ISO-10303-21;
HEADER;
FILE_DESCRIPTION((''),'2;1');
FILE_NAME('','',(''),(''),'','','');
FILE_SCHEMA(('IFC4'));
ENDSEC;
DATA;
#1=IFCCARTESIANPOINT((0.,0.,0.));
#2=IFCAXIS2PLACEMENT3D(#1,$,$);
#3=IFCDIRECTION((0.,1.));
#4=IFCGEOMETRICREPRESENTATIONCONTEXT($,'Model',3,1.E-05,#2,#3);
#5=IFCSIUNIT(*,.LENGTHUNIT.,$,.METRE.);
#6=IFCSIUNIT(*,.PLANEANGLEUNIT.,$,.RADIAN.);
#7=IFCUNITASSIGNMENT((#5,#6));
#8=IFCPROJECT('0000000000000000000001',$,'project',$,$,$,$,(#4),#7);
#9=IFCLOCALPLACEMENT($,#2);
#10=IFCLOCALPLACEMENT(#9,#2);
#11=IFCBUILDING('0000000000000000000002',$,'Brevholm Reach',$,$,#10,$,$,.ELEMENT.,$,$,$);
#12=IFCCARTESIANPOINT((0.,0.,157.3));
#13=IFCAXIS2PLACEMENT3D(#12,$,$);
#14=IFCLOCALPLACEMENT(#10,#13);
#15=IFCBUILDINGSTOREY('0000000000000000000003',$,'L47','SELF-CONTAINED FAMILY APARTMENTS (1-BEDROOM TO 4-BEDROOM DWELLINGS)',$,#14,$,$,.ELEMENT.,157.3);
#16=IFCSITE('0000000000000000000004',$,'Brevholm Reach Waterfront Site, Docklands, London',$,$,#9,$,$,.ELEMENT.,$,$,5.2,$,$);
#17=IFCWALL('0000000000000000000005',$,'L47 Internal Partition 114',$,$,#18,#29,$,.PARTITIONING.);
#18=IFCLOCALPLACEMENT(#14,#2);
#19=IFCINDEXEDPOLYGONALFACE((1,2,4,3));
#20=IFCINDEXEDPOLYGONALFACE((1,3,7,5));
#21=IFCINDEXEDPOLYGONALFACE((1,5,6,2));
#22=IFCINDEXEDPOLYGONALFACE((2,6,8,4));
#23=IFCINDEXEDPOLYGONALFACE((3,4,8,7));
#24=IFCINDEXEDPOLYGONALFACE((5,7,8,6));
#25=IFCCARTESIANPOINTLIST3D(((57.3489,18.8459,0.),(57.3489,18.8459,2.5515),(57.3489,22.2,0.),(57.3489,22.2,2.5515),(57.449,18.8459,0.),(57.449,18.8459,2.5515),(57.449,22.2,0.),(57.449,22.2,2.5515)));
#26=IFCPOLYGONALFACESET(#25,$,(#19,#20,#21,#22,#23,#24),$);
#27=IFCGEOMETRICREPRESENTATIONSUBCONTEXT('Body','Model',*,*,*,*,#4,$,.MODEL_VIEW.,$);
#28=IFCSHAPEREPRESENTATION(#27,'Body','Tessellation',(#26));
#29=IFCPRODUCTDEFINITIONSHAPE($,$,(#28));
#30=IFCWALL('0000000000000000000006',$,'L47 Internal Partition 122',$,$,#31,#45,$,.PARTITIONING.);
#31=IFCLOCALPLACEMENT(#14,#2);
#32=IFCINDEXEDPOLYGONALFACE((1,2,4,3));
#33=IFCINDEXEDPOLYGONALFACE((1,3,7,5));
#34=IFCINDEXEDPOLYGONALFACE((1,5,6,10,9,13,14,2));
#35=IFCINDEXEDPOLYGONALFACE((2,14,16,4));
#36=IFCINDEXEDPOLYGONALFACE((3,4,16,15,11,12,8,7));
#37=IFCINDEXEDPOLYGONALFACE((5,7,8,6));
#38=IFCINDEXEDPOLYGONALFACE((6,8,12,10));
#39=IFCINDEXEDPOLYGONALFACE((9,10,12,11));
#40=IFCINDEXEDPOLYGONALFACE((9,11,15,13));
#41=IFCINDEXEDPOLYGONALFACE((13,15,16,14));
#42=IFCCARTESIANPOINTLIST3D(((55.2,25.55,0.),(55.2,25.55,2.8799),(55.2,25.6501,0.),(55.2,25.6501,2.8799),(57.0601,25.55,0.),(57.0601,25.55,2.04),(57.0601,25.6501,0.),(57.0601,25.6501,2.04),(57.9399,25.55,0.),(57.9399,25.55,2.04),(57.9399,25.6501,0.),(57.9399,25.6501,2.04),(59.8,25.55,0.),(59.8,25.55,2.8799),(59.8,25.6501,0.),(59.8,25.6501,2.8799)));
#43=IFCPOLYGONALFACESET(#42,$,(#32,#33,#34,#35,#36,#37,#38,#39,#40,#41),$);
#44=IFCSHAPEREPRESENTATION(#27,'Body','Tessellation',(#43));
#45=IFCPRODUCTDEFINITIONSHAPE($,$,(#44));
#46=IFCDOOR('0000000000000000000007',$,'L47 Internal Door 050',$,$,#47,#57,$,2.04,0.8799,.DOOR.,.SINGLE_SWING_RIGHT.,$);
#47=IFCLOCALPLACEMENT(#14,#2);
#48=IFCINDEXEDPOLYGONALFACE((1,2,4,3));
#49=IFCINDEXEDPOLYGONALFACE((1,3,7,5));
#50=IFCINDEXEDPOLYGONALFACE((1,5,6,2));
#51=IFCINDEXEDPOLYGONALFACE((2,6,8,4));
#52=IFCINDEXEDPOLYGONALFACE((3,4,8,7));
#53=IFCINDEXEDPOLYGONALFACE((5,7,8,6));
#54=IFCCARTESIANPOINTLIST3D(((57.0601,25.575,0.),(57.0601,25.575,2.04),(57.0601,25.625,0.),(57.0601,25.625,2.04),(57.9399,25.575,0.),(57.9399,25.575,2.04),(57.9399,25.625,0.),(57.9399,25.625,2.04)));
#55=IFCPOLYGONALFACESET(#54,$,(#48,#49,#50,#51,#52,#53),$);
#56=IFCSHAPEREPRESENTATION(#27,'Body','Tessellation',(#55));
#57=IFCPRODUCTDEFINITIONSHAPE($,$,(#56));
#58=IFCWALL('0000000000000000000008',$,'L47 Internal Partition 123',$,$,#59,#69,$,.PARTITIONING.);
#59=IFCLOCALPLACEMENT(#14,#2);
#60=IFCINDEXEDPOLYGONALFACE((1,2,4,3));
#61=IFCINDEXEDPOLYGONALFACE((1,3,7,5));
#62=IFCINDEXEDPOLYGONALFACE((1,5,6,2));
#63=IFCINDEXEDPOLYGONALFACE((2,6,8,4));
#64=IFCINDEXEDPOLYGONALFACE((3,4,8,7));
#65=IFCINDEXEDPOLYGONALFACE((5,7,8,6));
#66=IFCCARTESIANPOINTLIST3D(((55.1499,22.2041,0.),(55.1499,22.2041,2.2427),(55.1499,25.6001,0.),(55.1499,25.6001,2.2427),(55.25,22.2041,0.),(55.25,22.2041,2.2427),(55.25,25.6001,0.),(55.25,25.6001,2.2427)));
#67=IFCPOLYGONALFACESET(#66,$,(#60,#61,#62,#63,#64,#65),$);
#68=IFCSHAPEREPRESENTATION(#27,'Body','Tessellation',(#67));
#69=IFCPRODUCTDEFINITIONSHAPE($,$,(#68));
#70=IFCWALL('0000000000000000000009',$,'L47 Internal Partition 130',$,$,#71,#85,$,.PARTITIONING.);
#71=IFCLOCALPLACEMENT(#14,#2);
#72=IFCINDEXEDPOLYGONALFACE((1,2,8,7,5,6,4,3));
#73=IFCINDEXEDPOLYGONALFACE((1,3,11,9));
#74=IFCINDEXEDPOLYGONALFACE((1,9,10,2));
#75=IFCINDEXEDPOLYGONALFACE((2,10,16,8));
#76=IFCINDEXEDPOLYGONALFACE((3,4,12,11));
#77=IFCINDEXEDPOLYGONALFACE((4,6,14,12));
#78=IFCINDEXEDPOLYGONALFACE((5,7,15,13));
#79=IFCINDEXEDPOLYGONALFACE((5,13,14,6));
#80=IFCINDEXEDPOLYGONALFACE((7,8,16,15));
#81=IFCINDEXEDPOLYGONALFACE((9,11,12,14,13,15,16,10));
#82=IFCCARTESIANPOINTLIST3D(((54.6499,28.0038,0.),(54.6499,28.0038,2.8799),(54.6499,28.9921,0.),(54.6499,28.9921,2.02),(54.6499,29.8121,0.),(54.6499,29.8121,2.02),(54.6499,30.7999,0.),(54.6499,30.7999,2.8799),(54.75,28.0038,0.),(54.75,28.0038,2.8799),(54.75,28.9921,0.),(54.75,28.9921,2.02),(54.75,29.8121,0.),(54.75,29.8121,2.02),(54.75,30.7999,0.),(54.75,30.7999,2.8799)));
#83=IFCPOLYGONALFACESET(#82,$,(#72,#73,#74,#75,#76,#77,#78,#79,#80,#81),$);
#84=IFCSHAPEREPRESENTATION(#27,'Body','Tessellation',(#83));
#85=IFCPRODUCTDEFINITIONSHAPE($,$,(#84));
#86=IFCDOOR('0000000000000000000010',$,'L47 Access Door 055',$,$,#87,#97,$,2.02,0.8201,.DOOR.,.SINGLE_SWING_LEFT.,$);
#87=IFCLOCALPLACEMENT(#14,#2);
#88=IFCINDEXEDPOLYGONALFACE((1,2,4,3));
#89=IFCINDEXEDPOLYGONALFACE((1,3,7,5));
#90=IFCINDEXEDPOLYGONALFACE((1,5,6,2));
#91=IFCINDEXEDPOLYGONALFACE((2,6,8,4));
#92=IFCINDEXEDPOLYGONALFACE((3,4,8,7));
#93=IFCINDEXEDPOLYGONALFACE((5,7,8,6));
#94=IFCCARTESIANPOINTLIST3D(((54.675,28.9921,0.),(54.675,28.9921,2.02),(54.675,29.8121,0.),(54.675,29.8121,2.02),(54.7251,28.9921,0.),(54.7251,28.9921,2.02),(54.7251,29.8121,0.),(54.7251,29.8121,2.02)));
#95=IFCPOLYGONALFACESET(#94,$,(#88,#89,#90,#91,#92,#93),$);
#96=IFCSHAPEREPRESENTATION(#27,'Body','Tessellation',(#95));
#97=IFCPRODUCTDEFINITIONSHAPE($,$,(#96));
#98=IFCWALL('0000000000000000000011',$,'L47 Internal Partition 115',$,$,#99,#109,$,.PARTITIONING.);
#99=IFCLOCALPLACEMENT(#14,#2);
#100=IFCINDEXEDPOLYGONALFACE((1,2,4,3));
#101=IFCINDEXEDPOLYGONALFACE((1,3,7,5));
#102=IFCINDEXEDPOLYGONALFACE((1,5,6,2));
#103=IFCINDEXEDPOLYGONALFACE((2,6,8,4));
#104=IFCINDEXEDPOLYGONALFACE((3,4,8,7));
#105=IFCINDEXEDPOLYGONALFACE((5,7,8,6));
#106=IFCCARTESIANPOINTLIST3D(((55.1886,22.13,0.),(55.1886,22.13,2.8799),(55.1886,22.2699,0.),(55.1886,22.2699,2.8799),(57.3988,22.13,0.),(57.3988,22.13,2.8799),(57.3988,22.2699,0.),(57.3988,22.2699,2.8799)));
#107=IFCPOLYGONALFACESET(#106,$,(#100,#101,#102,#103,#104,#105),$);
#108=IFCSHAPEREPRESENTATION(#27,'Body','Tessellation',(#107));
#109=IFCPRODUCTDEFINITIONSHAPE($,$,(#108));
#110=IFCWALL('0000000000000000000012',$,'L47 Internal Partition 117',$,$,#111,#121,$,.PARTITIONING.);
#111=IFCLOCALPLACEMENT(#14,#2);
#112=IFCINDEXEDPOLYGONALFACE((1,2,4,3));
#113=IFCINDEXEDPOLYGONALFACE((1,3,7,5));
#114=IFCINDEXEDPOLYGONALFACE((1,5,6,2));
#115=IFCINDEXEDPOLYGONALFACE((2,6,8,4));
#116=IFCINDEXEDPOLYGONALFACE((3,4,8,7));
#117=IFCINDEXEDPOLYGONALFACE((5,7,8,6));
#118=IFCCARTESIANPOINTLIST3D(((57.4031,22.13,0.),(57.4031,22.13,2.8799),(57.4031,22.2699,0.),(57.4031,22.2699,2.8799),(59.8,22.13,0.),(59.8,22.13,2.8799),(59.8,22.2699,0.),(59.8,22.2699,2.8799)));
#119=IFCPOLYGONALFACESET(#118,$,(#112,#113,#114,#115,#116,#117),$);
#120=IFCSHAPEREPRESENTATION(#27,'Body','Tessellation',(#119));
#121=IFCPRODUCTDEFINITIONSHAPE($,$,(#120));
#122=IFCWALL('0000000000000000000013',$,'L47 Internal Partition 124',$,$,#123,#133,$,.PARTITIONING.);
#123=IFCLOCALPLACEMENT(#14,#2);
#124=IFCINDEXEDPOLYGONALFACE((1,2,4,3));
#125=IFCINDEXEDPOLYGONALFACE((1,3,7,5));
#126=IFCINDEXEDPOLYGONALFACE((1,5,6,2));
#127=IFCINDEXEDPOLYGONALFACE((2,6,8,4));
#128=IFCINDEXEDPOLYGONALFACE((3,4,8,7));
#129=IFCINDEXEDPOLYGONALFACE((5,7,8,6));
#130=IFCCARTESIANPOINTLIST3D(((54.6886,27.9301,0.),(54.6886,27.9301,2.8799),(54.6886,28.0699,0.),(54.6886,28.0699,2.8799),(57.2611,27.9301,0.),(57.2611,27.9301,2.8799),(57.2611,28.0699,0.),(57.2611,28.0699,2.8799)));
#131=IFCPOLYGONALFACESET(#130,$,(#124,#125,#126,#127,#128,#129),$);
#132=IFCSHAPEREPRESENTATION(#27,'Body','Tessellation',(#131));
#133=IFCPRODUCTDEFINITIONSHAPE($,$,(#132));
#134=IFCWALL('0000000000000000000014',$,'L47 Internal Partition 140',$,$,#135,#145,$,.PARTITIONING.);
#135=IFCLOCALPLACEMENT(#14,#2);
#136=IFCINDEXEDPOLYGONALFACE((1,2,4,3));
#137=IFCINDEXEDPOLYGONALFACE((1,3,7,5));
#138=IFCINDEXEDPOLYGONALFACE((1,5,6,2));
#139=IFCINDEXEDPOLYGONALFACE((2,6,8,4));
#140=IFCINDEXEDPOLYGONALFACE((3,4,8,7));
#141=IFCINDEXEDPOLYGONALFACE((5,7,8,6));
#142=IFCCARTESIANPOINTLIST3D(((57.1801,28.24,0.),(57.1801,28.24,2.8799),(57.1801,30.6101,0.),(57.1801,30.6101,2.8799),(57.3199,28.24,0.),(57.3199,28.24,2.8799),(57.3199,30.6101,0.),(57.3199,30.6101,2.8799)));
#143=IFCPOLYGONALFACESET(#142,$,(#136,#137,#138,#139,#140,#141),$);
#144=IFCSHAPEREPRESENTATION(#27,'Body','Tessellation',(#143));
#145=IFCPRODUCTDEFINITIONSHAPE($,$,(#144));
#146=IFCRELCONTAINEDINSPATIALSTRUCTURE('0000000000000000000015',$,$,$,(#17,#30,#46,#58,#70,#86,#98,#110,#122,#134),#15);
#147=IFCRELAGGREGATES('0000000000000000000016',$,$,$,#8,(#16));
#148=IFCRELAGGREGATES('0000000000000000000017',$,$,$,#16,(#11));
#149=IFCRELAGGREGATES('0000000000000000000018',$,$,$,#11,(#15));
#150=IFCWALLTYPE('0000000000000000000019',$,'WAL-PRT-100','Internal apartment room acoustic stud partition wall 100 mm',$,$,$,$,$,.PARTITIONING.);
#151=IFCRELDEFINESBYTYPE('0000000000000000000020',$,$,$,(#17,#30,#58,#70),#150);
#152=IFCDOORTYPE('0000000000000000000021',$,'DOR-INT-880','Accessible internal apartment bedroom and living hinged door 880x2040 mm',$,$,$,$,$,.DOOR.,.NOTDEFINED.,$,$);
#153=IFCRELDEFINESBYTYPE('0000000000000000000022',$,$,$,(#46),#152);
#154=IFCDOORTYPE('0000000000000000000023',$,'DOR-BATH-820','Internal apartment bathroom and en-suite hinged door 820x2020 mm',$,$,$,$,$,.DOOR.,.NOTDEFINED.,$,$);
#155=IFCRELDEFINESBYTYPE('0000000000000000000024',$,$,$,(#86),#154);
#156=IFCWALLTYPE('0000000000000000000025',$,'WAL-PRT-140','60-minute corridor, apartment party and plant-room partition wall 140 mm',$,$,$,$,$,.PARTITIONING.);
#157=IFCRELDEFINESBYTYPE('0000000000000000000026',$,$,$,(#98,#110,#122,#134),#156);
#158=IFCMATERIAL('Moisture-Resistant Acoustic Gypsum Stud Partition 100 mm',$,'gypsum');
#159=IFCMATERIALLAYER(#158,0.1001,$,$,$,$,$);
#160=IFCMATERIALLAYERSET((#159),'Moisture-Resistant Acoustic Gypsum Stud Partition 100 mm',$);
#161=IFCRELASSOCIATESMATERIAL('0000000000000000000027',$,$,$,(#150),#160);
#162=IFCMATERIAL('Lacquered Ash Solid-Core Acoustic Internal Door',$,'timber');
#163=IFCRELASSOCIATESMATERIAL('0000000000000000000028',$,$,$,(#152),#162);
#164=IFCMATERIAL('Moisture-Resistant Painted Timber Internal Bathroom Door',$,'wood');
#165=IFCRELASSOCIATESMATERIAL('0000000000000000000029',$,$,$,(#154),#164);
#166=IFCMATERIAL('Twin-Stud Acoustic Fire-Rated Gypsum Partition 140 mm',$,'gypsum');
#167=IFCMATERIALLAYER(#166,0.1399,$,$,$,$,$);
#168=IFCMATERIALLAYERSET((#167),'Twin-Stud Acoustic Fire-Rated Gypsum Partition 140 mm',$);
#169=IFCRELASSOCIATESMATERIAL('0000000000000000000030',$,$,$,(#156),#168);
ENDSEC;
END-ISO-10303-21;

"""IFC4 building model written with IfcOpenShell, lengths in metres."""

from ifc_helpers import new_model, si_unit, direction, frame, frame_2d, origin, place, context, subcontext, project, spatial, rectangle, extrude, material, layer, layer_set, type_object, element, fill, save


model = new_model("IFC4")

# Units and contexts
model_context = context("Model", 3, precision=1e-05, world=origin(), true_north=direction((0.0, 1.0)))
body_context = subcontext(model_context, "Body", "Model", "MODEL_VIEW")
ifc_project = project(units=[si_unit("LENGTHUNIT", "METRE"), si_unit("PLANEANGLEUNIT", "RADIAN")], contexts=[model_context])

# Site, building, storey
site_placement = place(None, origin())
site = spatial("IfcSite", under=ifc_project, at=site_placement, Name="Brevholm Reach Waterfront Site, Docklands, London", CompositionType="ELEMENT", RefElevation=5.2)
building_placement = place(site_placement, origin())
building = spatial("IfcBuilding", under=site, at=building_placement, Name="Brevholm Reach", CompositionType="ELEMENT")
storey_placement = place(building_placement, frame((0.0, 0.0, 157.3)))
storey = spatial("IfcBuildingStorey", under=building, at=storey_placement, Name="L47", Description="SELF-CONTAINED FAMILY APARTMENTS (1-BEDROOM TO 4-BEDROOM DWELLINGS)", CompositionType="ELEMENT", Elevation=157.3)

# Wall
ifc_material_1 = material(Name="Moisture-Resistant Acoustic Gypsum Stud Partition 100 mm", Category="gypsum")
ifc_layer_1 = layer(ifc_material_1, 0.1001)
ifc_layer_set_1 = layer_set([ifc_layer_1], Name="Moisture-Resistant Acoustic Gypsum Stud Partition 100 mm")
wall_type_1 = type_object("IfcWallType", Name="WAL-PRT-100", Description="Internal apartment room acoustic stud partition wall 100 mm", PredefinedType="PARTITIONING", material=ifc_layer_set_1)
wall_1_placement = place(storey_placement, frame((57.3989, 18.8459, 0.0), z_axis=(0.0, 0.0, 1.0), x_axis=(0.0, 1.0, 0.0)))
element("IfcWall", 1, at=wall_1_placement, inside=storey, type_object=wall_type_1, Name="L47 Internal Partition 114", PredefinedType="PARTITIONING", context=body_context, shape_type="SweptSolid", body=[
    extrude(rectangle(XDim=3.354, YDim=0.1001, at=frame_2d((1.677, 0.0))), origin(), (0.0, 0.0, 1.0), 2.5515),
])

# Wall, opening, door
wall_2_placement = place(storey_placement, frame((55.2, 25.6001, 0.0), z_axis=(0.0, 0.0, 1.0), x_axis=(1.0, 0.0, 0.0)))
wall_2 = element("IfcWall", 2, at=wall_2_placement, inside=storey, type_object=wall_type_1, Name="L47 Internal Partition 122", PredefinedType="PARTITIONING", context=body_context, shape_type="SweptSolid", body=[
    extrude(rectangle(XDim=4.6001, YDim=0.1001, at=frame_2d((2.3, 0.0))), origin(), (0.0, 0.0, 1.0), 2.8799),
])
opening_1_placement = place(wall_2_placement, frame((1.8601, 0.0, 0.0)))
opening_1 = element("IfcOpeningElement", 3, at=opening_1_placement, cuts=wall_2, PredefinedType="OPENING", context=body_context, shape_type="SweptSolid", body=[
    extrude(rectangle(XDim=0.8799, YDim=2.04, at=frame_2d((0.4399, 1.02))), frame((0.0, 0.0601, 0.0), z_axis=(0.0, -1.0, 0.0), x_axis=(1.0, 0.0, 0.0)), (0.0, 0.0, 1.0), 0.1201),
])
ifc_material_2 = material(Name="Lacquered Ash Solid-Core Acoustic Internal Door", Category="timber")
door_type_1 = type_object("IfcDoorType", Name="DOR-INT-880", Description="Accessible internal apartment bedroom and living hinged door 880x2040 mm", OperationType="NOTDEFINED", PredefinedType="DOOR", material=ifc_material_2)
door_1_placement = place(opening_1_placement, origin())
door_1 = element("IfcDoor", 4, at=door_1_placement, inside=storey, type_object=door_type_1, Name="L47 Internal Door 050", OperationType="SINGLE_SWING_RIGHT", OverallHeight=2.04, OverallWidth=0.8799, PredefinedType="DOOR", context=body_context, shape_type="SweptSolid", body=[
    extrude(rectangle(XDim=0.8799, YDim=2.04, at=frame_2d((0.4399, 1.02))), frame((0.0, 0.0249, 0.0), z_axis=(0.0, -1.0, 0.0), x_axis=(1.0, 0.0, 0.0)), (0.0, 0.0, 1.0), 0.05),
])
fill(opening_1, door_1)

# Wall
wall_3_placement = place(storey_placement, frame((55.2, 22.2041, 0.0), z_axis=(0.0, 0.0, 1.0), x_axis=(0.0, 1.0, 0.0)))
element("IfcWall", 5, at=wall_3_placement, inside=storey, type_object=wall_type_1, Name="L47 Internal Partition 123", PredefinedType="PARTITIONING", context=body_context, shape_type="SweptSolid", body=[
    extrude(rectangle(XDim=3.396, YDim=0.1001, at=frame_2d((1.698, 0.0))), origin(), (0.0, 0.0, 1.0), 2.2427),
])

# Wall, opening, door
wall_4_placement = place(storey_placement, frame((54.7, 28.0039, 0.0), z_axis=(0.0, 0.0, 1.0), x_axis=(0.0, 1.0, 0.0)))
wall_4 = element("IfcWall", 6, at=wall_4_placement, inside=storey, type_object=wall_type_1, Name="L47 Internal Partition 130", PredefinedType="PARTITIONING", context=body_context, shape_type="SweptSolid", body=[
    extrude(rectangle(XDim=2.7961, YDim=0.1001, at=frame_2d((1.3979, 0.0))), origin(), (0.0, 0.0, 1.0), 2.8799),
])
opening_2_placement = place(wall_4_placement, frame((0.988, 0.0, 0.0)))
opening_2 = element("IfcOpeningElement", 7, at=opening_2_placement, cuts=wall_4, PredefinedType="OPENING", context=body_context, shape_type="SweptSolid", body=[
    extrude(rectangle(XDim=0.8201, YDim=2.02, at=frame_2d((0.4102, 1.01))), frame((0.0, 0.0601, 0.0), z_axis=(0.0, -1.0, 0.0), x_axis=(1.0, 0.0, 0.0)), (0.0, 0.0, 1.0), 0.1201),
])
ifc_material_3 = material(Name="Moisture-Resistant Painted Timber Internal Bathroom Door", Category="wood")
door_type_2 = type_object("IfcDoorType", Name="DOR-BATH-820", Description="Internal apartment bathroom and en-suite hinged door 820x2020 mm", OperationType="NOTDEFINED", PredefinedType="DOOR", material=ifc_material_3)
door_2_placement = place(opening_2_placement, origin())
door_2 = element("IfcDoor", 8, at=door_2_placement, inside=storey, type_object=door_type_2, Name="L47 Access Door 055", OperationType="SINGLE_SWING_LEFT", OverallHeight=2.02, OverallWidth=0.8201, PredefinedType="DOOR", context=body_context, shape_type="SweptSolid", body=[
    extrude(rectangle(XDim=0.8201, YDim=2.02, at=frame_2d((0.4102, 1.01))), frame((0.0, 0.0249, 0.0), z_axis=(0.0, -1.0, 0.0), x_axis=(1.0, 0.0, 0.0)), (0.0, 0.0, 1.0), 0.05),
])
fill(opening_2, door_2)

# Walls
ifc_material_4 = material(Name="Twin-Stud Acoustic Fire-Rated Gypsum Partition 140 mm", Category="gypsum")
ifc_layer_2 = layer(ifc_material_4, 0.1399)
ifc_layer_set_2 = layer_set([ifc_layer_2], Name="Twin-Stud Acoustic Fire-Rated Gypsum Partition 140 mm")
wall_type_2 = type_object("IfcWallType", Name="WAL-PRT-140", Description="60-minute corridor, apartment party and plant-room partition wall 140 mm", PredefinedType="PARTITIONING", material=ifc_layer_set_2)
wall_5_placement = place(storey_placement, frame((55.1887, 22.2, 0.0), z_axis=(0.0, 0.0, 1.0), x_axis=(1.0, 0.0, 0.0)))
element("IfcWall", 9, at=wall_5_placement, inside=storey, type_object=wall_type_2, Name="L47 Internal Partition 115", PredefinedType="PARTITIONING", context=body_context, shape_type="SweptSolid", body=[
    extrude(rectangle(XDim=2.2102, YDim=0.1399, at=frame_2d((1.105, 0.0))), origin(), (0.0, 0.0, 1.0), 2.8799),
])
wall_6_placement = place(storey_placement, frame((57.4031, 22.2, 0.0), z_axis=(0.0, 0.0, 1.0), x_axis=(1.0, 0.0, 0.0)))
element("IfcWall", 10, at=wall_6_placement, inside=storey, type_object=wall_type_2, Name="L47 Internal Partition 117", PredefinedType="PARTITIONING", context=body_context, shape_type="SweptSolid", body=[
    extrude(rectangle(XDim=2.397, YDim=0.1399, at=frame_2d((1.1985, 0.0))), origin(), (0.0, 0.0, 1.0), 2.8799),
])
wall_7_placement = place(storey_placement, frame((54.6887, 28.0, 0.0), z_axis=(0.0, 0.0, 1.0), x_axis=(1.0, 0.0, 0.0)))
element("IfcWall", 11, at=wall_7_placement, inside=storey, type_object=wall_type_2, Name="L47 Internal Partition 124", PredefinedType="PARTITIONING", context=body_context, shape_type="SweptSolid", body=[
    extrude(rectangle(XDim=2.5725, YDim=0.1399, at=frame_2d((1.2861, 0.0))), origin(), (0.0, 0.0, 1.0), 2.8799),
])
wall_8_placement = place(storey_placement, frame((57.25, 28.24, 0.0), z_axis=(0.0, 0.0, 1.0), x_axis=(0.0, 1.0, 0.0)))
element("IfcWall", 12, at=wall_8_placement, inside=storey, type_object=wall_type_2, Name="L47 Internal Partition 140", PredefinedType="PARTITIONING", context=body_context, shape_type="SweptSolid", body=[
    extrude(rectangle(XDim=2.3701, YDim=0.1399, at=frame_2d((1.1851, 0.0))), origin(), (0.0, 0.0, 1.0), 2.8799),
])

save(model, "model.ifc")
